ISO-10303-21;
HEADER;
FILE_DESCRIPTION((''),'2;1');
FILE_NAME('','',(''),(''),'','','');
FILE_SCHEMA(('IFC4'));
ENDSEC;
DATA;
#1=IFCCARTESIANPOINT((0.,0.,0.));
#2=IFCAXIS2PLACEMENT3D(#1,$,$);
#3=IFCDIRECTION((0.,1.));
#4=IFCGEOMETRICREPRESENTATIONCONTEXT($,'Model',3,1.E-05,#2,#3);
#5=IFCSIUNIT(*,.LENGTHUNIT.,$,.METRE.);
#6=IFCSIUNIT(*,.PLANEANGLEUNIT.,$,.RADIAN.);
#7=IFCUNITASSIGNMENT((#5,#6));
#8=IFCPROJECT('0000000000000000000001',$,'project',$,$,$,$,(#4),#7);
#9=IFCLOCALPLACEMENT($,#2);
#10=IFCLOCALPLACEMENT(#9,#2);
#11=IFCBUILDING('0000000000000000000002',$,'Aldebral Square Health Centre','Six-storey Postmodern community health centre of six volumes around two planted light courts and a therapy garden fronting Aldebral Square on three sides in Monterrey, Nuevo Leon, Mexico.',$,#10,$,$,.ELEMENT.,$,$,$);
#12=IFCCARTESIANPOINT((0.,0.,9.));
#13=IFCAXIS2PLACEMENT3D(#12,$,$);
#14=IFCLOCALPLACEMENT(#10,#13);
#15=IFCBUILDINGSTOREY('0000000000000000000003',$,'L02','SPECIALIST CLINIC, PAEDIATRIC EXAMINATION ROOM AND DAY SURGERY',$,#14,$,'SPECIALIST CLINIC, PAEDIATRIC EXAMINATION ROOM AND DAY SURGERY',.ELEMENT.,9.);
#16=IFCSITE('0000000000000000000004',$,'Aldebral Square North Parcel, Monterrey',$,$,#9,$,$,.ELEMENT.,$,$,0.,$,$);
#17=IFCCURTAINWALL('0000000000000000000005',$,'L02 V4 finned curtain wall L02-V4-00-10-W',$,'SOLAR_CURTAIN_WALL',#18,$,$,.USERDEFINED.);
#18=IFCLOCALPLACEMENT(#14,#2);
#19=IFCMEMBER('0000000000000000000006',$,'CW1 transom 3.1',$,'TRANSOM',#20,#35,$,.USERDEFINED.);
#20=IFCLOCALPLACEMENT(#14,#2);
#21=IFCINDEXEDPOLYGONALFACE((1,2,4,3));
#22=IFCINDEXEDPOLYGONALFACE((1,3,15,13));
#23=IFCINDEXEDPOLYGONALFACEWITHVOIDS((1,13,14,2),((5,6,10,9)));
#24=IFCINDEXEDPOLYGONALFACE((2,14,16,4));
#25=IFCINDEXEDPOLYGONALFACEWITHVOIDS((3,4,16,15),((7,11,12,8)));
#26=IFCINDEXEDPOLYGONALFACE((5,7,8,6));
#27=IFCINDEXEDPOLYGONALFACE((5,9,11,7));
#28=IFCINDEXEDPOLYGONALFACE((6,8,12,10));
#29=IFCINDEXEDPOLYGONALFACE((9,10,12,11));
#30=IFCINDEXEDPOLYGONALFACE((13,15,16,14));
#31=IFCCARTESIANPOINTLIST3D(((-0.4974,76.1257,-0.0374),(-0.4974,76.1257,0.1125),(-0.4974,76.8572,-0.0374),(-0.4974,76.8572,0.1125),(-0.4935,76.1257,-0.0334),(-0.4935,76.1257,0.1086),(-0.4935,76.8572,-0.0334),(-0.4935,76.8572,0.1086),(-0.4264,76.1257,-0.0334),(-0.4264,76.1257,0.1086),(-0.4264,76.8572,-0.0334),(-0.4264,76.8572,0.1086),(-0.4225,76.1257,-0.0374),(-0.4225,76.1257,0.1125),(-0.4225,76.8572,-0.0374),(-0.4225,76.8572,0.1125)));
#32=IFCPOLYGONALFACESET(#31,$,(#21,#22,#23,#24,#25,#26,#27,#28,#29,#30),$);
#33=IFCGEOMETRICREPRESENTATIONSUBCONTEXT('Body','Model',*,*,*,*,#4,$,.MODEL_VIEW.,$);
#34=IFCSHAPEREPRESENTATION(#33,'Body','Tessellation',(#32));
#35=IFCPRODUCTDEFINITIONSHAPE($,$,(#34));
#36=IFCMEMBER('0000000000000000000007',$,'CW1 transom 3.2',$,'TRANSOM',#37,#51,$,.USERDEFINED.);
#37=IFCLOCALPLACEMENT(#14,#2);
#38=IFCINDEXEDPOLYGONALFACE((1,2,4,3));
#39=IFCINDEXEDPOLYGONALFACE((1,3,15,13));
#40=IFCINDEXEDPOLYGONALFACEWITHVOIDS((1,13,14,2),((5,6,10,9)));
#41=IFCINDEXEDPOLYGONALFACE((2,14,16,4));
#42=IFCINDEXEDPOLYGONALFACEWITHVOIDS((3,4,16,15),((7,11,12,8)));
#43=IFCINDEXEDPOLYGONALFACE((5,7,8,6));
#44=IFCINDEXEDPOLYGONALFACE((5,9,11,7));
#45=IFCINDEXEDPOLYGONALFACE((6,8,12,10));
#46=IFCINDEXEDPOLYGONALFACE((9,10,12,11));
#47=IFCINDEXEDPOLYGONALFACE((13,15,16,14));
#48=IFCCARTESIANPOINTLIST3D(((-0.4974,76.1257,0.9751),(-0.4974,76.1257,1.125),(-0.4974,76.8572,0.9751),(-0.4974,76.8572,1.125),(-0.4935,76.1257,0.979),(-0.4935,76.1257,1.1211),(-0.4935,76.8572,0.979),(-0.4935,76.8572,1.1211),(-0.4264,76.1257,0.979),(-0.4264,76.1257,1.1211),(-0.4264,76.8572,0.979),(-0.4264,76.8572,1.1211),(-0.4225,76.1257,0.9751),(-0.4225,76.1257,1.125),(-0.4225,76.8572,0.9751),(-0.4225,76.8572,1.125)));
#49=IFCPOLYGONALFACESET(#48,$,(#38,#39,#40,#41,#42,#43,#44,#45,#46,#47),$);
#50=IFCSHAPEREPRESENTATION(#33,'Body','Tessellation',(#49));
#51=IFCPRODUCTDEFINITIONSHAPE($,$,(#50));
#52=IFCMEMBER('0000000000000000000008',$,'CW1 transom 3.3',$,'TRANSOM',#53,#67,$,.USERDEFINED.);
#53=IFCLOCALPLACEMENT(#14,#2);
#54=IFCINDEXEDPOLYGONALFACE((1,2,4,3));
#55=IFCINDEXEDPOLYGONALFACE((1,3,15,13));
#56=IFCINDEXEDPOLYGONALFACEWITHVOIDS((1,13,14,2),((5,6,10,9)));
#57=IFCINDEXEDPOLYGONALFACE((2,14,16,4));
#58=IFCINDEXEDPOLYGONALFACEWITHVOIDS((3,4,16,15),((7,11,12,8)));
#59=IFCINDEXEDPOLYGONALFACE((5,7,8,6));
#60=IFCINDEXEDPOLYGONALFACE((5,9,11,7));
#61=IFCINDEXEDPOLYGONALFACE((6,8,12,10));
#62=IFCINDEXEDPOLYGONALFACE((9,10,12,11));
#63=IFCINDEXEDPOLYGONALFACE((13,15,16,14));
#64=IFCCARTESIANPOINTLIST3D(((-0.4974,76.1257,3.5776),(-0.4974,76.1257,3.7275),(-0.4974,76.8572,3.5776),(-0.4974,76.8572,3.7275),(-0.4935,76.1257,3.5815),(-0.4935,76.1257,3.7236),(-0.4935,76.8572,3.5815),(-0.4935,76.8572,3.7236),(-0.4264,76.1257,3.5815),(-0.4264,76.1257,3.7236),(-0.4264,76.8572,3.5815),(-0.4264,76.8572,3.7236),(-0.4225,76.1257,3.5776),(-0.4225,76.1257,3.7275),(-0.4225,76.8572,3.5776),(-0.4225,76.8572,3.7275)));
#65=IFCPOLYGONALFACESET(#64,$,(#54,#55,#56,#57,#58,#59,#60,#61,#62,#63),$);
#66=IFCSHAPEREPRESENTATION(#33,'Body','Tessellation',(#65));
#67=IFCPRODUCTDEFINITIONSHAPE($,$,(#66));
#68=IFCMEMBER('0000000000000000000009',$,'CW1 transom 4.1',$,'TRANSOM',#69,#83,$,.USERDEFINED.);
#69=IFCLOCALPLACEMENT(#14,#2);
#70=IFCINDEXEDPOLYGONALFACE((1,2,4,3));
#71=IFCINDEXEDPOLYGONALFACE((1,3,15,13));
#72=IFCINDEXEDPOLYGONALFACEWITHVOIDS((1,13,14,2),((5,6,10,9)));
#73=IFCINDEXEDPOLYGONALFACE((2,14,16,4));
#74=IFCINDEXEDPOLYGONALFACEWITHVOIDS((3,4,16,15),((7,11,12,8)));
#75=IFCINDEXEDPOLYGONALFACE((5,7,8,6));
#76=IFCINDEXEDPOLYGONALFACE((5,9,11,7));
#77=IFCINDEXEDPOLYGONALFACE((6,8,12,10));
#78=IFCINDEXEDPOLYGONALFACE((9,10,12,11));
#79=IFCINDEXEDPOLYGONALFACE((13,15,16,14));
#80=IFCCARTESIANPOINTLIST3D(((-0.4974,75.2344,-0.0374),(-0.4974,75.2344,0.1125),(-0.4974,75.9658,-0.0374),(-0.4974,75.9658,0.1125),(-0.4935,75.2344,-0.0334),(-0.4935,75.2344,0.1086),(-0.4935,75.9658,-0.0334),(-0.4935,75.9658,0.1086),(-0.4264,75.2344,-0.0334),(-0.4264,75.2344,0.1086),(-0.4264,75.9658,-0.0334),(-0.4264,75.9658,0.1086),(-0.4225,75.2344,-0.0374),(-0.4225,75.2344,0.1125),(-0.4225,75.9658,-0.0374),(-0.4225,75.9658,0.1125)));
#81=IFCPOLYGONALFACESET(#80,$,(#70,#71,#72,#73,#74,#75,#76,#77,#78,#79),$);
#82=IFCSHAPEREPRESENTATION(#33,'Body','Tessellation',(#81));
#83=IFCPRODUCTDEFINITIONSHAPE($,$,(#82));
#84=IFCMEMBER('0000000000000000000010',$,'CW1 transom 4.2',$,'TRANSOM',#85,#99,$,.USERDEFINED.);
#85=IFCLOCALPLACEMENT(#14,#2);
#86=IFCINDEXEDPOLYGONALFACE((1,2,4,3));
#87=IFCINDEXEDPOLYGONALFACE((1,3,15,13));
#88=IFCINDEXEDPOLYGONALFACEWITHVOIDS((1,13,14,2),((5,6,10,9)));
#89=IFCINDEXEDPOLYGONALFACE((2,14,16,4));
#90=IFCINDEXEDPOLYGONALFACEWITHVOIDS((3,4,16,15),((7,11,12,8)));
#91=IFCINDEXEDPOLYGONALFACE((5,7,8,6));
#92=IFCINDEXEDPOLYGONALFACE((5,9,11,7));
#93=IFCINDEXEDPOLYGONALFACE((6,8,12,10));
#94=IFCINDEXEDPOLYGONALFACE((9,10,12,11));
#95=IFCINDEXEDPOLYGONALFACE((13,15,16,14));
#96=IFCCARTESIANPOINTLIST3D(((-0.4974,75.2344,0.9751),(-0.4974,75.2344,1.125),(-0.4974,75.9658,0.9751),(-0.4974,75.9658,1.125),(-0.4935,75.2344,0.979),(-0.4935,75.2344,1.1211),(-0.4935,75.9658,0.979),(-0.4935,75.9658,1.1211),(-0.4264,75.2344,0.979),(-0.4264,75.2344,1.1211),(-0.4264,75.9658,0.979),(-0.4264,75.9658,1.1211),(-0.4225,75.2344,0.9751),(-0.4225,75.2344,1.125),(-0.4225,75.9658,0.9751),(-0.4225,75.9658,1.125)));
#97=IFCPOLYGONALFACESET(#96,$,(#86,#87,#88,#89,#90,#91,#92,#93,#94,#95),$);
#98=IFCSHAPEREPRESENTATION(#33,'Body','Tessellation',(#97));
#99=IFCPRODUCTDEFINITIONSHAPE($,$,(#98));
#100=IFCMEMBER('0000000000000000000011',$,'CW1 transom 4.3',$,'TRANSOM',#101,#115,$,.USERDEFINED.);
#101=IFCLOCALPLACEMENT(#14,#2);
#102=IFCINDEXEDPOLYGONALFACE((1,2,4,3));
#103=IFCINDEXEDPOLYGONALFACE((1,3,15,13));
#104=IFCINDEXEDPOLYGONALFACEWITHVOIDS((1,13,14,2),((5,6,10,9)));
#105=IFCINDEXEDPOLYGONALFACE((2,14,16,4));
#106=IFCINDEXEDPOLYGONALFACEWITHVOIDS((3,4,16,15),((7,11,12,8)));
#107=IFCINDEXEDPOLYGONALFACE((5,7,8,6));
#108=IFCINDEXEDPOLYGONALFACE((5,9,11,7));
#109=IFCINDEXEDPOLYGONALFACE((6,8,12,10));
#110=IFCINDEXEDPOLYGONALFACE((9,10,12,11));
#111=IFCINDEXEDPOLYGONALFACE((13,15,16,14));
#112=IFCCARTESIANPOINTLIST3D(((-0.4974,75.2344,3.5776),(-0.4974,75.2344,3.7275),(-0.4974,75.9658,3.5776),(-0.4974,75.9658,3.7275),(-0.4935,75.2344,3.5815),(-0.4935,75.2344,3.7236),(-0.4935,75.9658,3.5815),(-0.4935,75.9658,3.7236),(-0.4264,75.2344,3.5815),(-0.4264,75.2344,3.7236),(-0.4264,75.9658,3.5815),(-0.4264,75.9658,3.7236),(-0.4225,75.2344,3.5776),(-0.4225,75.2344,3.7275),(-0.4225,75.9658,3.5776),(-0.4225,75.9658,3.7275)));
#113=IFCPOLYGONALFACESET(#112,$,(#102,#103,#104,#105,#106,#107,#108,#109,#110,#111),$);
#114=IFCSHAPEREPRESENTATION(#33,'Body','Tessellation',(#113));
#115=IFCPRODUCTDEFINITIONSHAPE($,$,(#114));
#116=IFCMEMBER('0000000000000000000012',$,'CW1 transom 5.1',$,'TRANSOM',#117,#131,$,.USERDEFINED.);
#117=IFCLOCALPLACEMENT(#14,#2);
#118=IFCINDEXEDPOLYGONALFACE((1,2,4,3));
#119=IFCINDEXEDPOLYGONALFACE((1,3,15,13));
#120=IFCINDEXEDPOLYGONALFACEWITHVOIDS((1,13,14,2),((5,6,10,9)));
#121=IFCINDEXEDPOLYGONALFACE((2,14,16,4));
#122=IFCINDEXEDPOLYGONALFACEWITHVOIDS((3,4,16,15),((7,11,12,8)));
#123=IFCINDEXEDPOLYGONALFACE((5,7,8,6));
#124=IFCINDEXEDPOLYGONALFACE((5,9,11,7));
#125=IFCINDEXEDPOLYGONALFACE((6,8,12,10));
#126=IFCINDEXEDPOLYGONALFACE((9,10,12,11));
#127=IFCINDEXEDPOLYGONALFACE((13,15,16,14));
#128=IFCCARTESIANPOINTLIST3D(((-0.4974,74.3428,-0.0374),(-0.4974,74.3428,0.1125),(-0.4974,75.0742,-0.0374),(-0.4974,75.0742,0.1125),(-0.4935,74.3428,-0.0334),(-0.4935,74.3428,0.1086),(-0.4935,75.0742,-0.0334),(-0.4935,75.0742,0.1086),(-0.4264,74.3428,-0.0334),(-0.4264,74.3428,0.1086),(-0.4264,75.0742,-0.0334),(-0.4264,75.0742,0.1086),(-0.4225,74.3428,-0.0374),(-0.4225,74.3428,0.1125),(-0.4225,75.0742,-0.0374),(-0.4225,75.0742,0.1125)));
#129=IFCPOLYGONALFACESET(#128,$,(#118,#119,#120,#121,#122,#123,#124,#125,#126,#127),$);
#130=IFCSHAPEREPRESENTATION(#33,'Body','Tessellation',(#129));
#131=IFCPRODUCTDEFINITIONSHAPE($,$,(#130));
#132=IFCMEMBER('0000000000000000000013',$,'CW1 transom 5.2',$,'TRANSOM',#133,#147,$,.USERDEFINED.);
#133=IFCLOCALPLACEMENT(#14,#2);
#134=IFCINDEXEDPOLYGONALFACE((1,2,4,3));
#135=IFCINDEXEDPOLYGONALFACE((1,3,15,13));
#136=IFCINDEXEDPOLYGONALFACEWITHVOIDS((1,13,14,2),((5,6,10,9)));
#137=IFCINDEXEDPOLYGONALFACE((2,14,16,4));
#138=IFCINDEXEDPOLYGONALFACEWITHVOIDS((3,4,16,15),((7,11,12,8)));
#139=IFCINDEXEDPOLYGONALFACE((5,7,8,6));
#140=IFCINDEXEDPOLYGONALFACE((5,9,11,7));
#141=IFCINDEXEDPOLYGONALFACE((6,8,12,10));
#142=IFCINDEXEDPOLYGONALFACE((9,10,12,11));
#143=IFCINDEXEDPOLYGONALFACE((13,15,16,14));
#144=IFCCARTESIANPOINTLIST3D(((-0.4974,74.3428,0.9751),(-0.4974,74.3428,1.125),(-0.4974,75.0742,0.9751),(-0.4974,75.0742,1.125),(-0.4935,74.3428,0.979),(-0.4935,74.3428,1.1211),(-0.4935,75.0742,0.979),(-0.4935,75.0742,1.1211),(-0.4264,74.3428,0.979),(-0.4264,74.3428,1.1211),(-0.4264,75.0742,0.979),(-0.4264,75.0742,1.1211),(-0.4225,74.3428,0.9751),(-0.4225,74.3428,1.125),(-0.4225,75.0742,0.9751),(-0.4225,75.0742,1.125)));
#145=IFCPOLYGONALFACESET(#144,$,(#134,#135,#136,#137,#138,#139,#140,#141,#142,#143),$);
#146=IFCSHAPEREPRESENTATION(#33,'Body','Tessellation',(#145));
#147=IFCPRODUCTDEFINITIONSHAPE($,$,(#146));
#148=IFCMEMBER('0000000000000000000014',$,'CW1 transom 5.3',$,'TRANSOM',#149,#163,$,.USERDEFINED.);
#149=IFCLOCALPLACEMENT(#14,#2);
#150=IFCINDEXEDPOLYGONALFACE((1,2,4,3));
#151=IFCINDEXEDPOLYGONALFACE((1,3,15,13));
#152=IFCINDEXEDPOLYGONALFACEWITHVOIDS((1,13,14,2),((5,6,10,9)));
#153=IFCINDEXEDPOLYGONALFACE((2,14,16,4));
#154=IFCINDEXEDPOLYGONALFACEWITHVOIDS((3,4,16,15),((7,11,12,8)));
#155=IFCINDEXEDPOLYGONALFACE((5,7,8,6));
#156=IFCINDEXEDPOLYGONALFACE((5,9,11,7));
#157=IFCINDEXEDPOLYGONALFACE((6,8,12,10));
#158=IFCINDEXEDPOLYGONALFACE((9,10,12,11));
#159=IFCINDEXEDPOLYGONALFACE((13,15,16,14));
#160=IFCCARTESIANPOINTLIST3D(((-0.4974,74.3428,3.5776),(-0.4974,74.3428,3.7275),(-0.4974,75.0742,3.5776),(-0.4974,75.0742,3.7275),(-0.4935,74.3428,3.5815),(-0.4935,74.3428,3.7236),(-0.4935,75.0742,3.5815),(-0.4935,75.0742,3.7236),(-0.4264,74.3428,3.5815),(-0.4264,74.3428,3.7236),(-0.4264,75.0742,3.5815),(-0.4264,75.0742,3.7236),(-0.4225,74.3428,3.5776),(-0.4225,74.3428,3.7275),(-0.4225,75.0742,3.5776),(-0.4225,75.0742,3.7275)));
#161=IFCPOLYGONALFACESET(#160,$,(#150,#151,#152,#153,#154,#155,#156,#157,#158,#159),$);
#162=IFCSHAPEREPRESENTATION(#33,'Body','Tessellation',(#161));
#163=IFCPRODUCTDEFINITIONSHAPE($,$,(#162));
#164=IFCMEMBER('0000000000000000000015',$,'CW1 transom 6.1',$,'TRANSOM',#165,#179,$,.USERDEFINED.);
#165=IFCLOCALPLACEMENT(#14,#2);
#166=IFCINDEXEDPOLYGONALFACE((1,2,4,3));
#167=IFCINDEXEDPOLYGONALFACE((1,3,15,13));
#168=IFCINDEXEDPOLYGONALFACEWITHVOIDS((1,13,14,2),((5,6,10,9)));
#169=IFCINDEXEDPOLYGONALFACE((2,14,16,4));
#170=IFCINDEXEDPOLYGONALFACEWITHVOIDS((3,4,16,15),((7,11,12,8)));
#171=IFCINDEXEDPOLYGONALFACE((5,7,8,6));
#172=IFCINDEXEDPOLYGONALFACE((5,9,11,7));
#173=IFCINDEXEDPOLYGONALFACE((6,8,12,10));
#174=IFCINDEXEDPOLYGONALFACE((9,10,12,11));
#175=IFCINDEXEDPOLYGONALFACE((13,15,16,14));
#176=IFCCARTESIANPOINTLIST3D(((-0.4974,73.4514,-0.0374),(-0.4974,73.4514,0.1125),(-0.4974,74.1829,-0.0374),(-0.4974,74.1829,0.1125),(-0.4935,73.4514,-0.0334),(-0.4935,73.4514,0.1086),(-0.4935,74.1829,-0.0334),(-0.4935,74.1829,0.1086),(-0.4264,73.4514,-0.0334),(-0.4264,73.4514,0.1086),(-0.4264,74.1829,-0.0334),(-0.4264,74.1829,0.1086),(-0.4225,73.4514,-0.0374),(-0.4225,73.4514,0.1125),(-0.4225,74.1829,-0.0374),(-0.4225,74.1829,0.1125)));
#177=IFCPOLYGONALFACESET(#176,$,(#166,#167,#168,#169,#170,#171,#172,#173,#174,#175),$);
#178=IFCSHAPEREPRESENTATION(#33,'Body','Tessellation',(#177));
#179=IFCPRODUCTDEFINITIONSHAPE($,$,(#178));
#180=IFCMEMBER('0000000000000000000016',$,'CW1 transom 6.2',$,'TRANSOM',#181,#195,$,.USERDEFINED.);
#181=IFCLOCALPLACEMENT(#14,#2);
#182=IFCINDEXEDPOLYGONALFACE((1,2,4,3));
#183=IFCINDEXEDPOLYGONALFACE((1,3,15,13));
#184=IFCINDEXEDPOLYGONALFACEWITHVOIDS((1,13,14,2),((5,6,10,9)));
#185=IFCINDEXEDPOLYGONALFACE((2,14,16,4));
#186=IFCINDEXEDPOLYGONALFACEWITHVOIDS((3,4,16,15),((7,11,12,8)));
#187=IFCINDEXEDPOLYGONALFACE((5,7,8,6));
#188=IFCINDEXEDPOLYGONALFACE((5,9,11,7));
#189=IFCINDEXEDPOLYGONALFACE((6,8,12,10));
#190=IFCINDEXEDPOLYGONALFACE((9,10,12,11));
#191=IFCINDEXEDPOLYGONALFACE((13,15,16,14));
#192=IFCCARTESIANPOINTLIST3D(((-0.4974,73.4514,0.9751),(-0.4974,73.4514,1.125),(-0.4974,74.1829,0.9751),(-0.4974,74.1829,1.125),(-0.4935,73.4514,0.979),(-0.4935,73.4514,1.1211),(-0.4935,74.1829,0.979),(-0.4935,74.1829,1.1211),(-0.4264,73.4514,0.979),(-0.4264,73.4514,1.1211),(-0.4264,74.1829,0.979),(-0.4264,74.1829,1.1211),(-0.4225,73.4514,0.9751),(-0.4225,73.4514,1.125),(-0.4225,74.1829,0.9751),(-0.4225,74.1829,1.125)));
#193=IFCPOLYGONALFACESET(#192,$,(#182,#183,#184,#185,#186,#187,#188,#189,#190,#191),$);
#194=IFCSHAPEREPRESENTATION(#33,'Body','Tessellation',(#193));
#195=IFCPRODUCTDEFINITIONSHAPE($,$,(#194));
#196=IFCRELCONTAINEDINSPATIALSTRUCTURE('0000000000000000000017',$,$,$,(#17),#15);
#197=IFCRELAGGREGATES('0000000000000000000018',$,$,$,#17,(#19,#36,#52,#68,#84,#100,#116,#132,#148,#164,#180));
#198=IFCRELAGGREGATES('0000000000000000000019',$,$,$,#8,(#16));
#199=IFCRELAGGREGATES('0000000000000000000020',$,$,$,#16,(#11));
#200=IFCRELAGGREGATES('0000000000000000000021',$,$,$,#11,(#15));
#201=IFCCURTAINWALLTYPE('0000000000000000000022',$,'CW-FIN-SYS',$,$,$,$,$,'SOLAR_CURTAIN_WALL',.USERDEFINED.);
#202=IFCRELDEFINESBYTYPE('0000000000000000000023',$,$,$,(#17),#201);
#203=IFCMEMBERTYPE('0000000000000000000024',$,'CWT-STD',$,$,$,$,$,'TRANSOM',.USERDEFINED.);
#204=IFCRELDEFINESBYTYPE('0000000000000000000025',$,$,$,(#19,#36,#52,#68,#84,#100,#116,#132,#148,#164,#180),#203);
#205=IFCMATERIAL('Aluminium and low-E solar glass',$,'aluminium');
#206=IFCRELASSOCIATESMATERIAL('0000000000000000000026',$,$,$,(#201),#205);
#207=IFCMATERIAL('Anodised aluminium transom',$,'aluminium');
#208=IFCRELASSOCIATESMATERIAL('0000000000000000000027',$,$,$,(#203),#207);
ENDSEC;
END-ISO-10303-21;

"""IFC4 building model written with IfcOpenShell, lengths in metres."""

from ifc_helpers import new_model, si_unit, direction, frame, origin, origin_2d, place, context, subcontext, project, spatial, hollow_rectangle, extrude, material, material_profile, profile_set, type_object, element, aggregate, save


model = new_model("IFC4")

# Units and contexts
model_context = context("Model", 3, precision=1e-05, world=origin(), true_north=direction((0.0, 1.0)))
body_context = subcontext(model_context, "Body", "Model", "MODEL_VIEW")
ifc_project = project(units=[si_unit("LENGTHUNIT", "METRE"), si_unit("PLANEANGLEUNIT", "RADIAN")], contexts=[model_context])

# Site, building, storey
site_placement = place(None, origin())
site = spatial("IfcSite", under=ifc_project, at=site_placement, Name="Aldebral Square North Parcel, Monterrey", CompositionType="ELEMENT", RefElevation=0.0)
building_placement = place(site_placement, origin())
building = spatial("IfcBuilding", under=site, at=building_placement, Name="Aldebral Square Health Centre", Description="Six-storey Postmodern community health centre of six volumes around two planted light courts and a therapy garden fronting Aldebral Square on three sides in Monterrey, Nuevo Leon, Mexico.", CompositionType="ELEMENT")
storey_placement = place(building_placement, frame((0.0, 0.0, 9.0)))
storey = spatial("IfcBuildingStorey", under=building, at=storey_placement, Name="L02", Description="SPECIALIST CLINIC, PAEDIATRIC EXAMINATION ROOM AND DAY SURGERY", LongName="SPECIALIST CLINIC, PAEDIATRIC EXAMINATION ROOM AND DAY SURGERY", CompositionType="ELEMENT", Elevation=9.0)

# Curtain wall, members
ifc_material_1 = material(Name="Aluminium and low-E solar glass", Category="aluminium")
curtain_wall_type = type_object("IfcCurtainWallType", Name="CW-FIN-SYS", ElementType="SOLAR_CURTAIN_WALL", PredefinedType="USERDEFINED", material=ifc_material_1)
curtain_wall_placement = place(storey_placement, origin())
curtain_wall = element("IfcCurtainWall", 1, at=curtain_wall_placement, inside=storey, type_object=curtain_wall_type, Name="L02 V4 finned curtain wall L02-V4-00-10-W", ObjectType="SOLAR_CURTAIN_WALL", PredefinedType="USERDEFINED")
ifc_material_2 = material(Name="Anodised aluminium transom", Category="aluminium")
ifc_material_profile_1 = material_profile(ifc_material_2, hollow_rectangle(XDim=0.075, YDim=0.1499, WallThickness=0.0039, at=origin_2d()), Name="CWT 75x150x4")
ifc_profile_set_1 = profile_set([ifc_material_profile_1], Name="Anodised aluminium transom")
member_type_1 = type_object("IfcMemberType", Name="CWT-STD", ElementType="TRANSOM", PredefinedType="USERDEFINED", material=ifc_profile_set_1)
member_1_placement = place(storey_placement, frame((-0.46, 76.8572, 0.0376), z_axis=(0.0, -1.0, 0.0), x_axis=(1.0, 0.0, 0.0)))
member_1 = element("IfcMember", 2, at=member_1_placement, type_object=member_type_1, Name="CW1 transom 3.1", ObjectType="TRANSOM", PredefinedType="USERDEFINED", context=body_context, shape_type="SweptSolid", body=[
    extrude(hollow_rectangle(XDim=0.075, YDim=0.1499, WallThickness=0.0039, at=origin_2d()), origin(), (0.0, 0.0, 1.0), 0.7314),
])
member_2_placement = place(storey_placement, frame((-0.46, 76.8572, 1.05), z_axis=(0.0, -1.0, 0.0), x_axis=(1.0, 0.0, 0.0)))
member_2 = element("IfcMember", 3, at=member_2_placement, type_object=member_type_1, Name="CW1 transom 3.2", ObjectType="TRANSOM", PredefinedType="USERDEFINED", context=body_context, shape_type="SweptSolid", body=[
    extrude(hollow_rectangle(XDim=0.075, YDim=0.1499, WallThickness=0.0039, at=origin_2d()), origin(), (0.0, 0.0, 1.0), 0.7314),
])
member_3_placement = place(storey_placement, frame((-0.46, 76.8572, 3.6526), z_axis=(0.0, -1.0, 0.0), x_axis=(1.0, 0.0, 0.0)))
member_3 = element("IfcMember", 4, at=member_3_placement, type_object=member_type_1, Name="CW1 transom 3.3", ObjectType="TRANSOM", PredefinedType="USERDEFINED", context=body_context, shape_type="SweptSolid", body=[
    extrude(hollow_rectangle(XDim=0.075, YDim=0.1499, WallThickness=0.0039, at=origin_2d()), origin(), (0.0, 0.0, 1.0), 0.7314),
])
member_4_placement = place(storey_placement, frame((-0.46, 75.9658, 0.0376), z_axis=(0.0, -1.0, 0.0), x_axis=(1.0, 0.0, 0.0)))
member_4 = element("IfcMember", 5, at=member_4_placement, type_object=member_type_1, Name="CW1 transom 4.1", ObjectType="TRANSOM", PredefinedType="USERDEFINED", context=body_context, shape_type="SweptSolid", body=[
    extrude(hollow_rectangle(XDim=0.075, YDim=0.1499, WallThickness=0.0039, at=origin_2d()), origin(), (0.0, 0.0, 1.0), 0.7314),
])
member_5_placement = place(storey_placement, frame((-0.46, 75.9658, 1.05), z_axis=(0.0, -1.0, 0.0), x_axis=(1.0, 0.0, 0.0)))
member_5 = element("IfcMember", 6, at=member_5_placement, type_object=member_type_1, Name="CW1 transom 4.2", ObjectType="TRANSOM", PredefinedType="USERDEFINED", context=body_context, shape_type="SweptSolid", body=[
    extrude(hollow_rectangle(XDim=0.075, YDim=0.1499, WallThickness=0.0039, at=origin_2d()), origin(), (0.0, 0.0, 1.0), 0.7314),
])
member_6_placement = place(storey_placement, frame((-0.46, 75.9658, 3.6526), z_axis=(0.0, -1.0, 0.0), x_axis=(1.0, 0.0, 0.0)))
member_6 = element("IfcMember", 7, at=member_6_placement, type_object=member_type_1, Name="CW1 transom 4.3", ObjectType="TRANSOM", PredefinedType="USERDEFINED", context=body_context, shape_type="SweptSolid", body=[
    extrude(hollow_rectangle(XDim=0.075, YDim=0.1499, WallThickness=0.0039, at=origin_2d()), origin(), (0.0, 0.0, 1.0), 0.7314),
])
member_7_placement = place(storey_placement, frame((-0.46, 75.0742, 0.0376), z_axis=(0.0, -1.0, 0.0), x_axis=(1.0, 0.0, 0.0)))
member_7 = element("IfcMember", 8, at=member_7_placement, type_object=member_type_1, Name="CW1 transom 5.1", ObjectType="TRANSOM", PredefinedType="USERDEFINED", context=body_context, shape_type="SweptSolid", body=[
    extrude(hollow_rectangle(XDim=0.075, YDim=0.1499, WallThickness=0.0039, at=origin_2d()), origin(), (0.0, 0.0, 1.0), 0.7314),
])
member_8_placement = place(storey_placement, frame((-0.46, 75.0742, 1.05), z_axis=(0.0, -1.0, 0.0), x_axis=(1.0, 0.0, 0.0)))
member_8 = element("IfcMember", 9, at=member_8_placement, type_object=member_type_1, Name="CW1 transom 5.2", ObjectType="TRANSOM", PredefinedType="USERDEFINED", context=body_context, shape_type="SweptSolid", body=[
    extrude(hollow_rectangle(XDim=0.075, YDim=0.1499, WallThickness=0.0039, at=origin_2d()), origin(), (0.0, 0.0, 1.0), 0.7314),
])
member_9_placement = place(storey_placement, frame((-0.46, 75.0742, 3.6526), z_axis=(0.0, -1.0, 0.0), x_axis=(1.0, 0.0, 0.0)))
member_9 = element("IfcMember", 10, at=member_9_placement, type_object=member_type_1, Name="CW1 transom 5.3", ObjectType="TRANSOM", PredefinedType="USERDEFINED", context=body_context, shape_type="SweptSolid", body=[
    extrude(hollow_rectangle(XDim=0.075, YDim=0.1499, WallThickness=0.0039, at=origin_2d()), origin(), (0.0, 0.0, 1.0), 0.7314),
])
member_10_placement = place(storey_placement, frame((-0.46, 74.1829, 0.0376), z_axis=(0.0, -1.0, 0.0), x_axis=(1.0, 0.0, 0.0)))
member_10 = element("IfcMember", 11, at=member_10_placement, type_object=member_type_1, Name="CW1 transom 6.1", ObjectType="TRANSOM", PredefinedType="USERDEFINED", context=body_context, shape_type="SweptSolid", body=[
    extrude(hollow_rectangle(XDim=0.075, YDim=0.1499, WallThickness=0.0039, at=origin_2d()), origin(), (0.0, 0.0, 1.0), 0.7314),
])
member_11_placement = place(storey_placement, frame((-0.46, 74.1829, 1.05), z_axis=(0.0, -1.0, 0.0), x_axis=(1.0, 0.0, 0.0)))
member_11 = element("IfcMember", 12, at=member_11_placement, type_object=member_type_1, Name="CW1 transom 6.2", ObjectType="TRANSOM", PredefinedType="USERDEFINED", context=body_context, shape_type="SweptSolid", body=[
    extrude(hollow_rectangle(XDim=0.075, YDim=0.1499, WallThickness=0.0039, at=origin_2d()), origin(), (0.0, 0.0, 1.0), 0.7314),
])
aggregate(curtain_wall, [member_1, member_2, member_3, member_4, member_5, member_6, member_7, member_8, member_9, member_10, member_11])

save(model, "model.ifc")
